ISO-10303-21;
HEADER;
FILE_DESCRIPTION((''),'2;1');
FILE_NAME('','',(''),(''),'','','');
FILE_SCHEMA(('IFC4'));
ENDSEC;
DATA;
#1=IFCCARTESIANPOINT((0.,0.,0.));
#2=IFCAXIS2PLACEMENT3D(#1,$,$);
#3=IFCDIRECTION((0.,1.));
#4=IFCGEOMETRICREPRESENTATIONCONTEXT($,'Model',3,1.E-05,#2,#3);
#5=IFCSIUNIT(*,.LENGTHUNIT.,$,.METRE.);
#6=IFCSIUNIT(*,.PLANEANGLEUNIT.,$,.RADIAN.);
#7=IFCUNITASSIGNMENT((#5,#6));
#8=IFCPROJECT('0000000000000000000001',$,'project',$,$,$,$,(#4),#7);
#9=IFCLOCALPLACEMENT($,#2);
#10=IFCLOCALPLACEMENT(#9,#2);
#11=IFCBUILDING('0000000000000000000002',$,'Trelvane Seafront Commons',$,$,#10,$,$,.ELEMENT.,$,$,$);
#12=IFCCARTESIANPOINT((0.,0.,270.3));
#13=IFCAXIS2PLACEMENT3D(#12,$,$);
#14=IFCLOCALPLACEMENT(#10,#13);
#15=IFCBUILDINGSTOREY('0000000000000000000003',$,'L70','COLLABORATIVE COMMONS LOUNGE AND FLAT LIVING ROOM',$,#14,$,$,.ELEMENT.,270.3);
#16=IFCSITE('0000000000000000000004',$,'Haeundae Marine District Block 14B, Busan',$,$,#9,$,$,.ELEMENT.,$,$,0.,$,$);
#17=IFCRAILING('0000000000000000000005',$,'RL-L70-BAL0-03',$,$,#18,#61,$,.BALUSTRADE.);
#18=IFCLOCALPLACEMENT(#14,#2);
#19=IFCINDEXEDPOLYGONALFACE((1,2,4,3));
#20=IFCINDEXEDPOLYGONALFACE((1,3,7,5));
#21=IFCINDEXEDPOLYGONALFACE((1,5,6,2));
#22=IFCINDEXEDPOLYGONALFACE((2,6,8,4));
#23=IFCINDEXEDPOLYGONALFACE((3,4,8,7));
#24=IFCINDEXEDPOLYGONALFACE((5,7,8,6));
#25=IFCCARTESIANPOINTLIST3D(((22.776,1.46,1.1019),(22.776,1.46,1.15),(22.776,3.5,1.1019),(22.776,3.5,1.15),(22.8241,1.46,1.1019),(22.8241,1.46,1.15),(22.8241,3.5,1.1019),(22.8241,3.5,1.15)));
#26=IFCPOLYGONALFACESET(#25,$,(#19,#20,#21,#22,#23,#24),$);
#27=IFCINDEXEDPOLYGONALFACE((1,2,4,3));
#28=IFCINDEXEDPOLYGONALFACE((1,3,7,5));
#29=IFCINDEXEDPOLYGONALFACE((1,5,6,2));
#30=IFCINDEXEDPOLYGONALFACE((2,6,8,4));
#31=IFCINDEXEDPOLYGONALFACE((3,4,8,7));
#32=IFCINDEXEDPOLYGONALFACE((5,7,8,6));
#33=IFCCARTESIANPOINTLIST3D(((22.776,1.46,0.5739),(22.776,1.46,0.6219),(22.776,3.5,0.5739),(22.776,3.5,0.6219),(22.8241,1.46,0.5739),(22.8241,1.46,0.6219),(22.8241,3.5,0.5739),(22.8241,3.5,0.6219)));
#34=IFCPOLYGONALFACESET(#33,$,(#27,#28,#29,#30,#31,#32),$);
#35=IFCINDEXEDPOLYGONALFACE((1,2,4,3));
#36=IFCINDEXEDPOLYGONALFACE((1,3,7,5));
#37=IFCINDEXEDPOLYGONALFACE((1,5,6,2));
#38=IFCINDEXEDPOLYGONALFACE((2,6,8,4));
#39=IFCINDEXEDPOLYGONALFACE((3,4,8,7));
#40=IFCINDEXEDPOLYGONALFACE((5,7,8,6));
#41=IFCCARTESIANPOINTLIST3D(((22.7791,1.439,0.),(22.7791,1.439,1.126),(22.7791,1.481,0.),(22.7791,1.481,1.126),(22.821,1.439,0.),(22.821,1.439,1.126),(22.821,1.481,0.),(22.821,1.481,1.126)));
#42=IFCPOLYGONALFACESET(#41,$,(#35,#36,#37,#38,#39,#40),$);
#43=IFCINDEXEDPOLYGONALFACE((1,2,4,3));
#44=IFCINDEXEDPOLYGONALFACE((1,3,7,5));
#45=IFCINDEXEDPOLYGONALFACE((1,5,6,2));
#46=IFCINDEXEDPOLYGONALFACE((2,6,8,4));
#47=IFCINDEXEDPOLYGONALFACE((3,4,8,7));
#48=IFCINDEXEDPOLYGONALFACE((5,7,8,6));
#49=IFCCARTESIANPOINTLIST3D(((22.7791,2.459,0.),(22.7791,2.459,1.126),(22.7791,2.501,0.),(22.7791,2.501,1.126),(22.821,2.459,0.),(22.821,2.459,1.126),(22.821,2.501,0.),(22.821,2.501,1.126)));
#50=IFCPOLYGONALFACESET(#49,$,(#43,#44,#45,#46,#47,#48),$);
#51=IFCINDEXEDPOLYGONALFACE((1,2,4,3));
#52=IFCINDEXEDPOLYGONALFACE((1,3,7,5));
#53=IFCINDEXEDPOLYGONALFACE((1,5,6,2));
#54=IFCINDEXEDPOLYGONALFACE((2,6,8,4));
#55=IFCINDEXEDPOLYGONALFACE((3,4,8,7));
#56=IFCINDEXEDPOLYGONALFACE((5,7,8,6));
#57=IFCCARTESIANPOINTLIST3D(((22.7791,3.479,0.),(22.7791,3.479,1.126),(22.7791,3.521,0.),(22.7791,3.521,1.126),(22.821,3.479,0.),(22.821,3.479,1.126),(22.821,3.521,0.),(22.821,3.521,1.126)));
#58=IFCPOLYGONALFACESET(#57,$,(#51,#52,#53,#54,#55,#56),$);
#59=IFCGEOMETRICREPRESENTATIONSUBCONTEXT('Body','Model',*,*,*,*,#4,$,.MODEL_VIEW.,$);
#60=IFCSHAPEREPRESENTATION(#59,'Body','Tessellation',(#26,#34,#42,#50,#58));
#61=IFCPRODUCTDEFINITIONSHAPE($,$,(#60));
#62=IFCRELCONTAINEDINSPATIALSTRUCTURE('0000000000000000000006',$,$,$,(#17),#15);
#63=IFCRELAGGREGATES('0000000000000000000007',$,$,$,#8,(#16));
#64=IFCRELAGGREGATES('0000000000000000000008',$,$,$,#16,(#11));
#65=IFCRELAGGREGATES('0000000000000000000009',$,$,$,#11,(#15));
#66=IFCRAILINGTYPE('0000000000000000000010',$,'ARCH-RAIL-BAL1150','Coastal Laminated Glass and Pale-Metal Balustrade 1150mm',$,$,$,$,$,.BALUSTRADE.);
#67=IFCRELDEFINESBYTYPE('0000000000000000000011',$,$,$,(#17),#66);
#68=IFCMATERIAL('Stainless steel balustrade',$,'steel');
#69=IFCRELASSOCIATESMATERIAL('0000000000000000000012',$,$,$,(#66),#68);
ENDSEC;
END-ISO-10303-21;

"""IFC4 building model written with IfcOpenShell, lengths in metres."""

from ifc_helpers import new_model, si_unit, direction, frame, origin, origin_2d, place, context, subcontext, project, spatial, rectangle, extrude, material, type_object, element, save


model = new_model("IFC4")

# Units and contexts
model_context = context("Model", 3, precision=1e-05, world=origin(), true_north=direction((0.0, 1.0)))
body_context = subcontext(model_context, "Body", "Model", "MODEL_VIEW")
ifc_project = project(units=[si_unit("LENGTHUNIT", "METRE"), si_unit("PLANEANGLEUNIT", "RADIAN")], contexts=[model_context])

# Site, building, storey
site_placement = place(None, origin())
site = spatial("IfcSite", under=ifc_project, at=site_placement, Name="Haeundae Marine District Block 14B, Busan", CompositionType="ELEMENT", RefElevation=0.0)
building_placement = place(site_placement, origin())
building = spatial("IfcBuilding", under=site, at=building_placement, Name="Trelvane Seafront Commons", CompositionType="ELEMENT")
storey_placement = place(building_placement, frame((0.0, 0.0, 270.3)))
storey = spatial("IfcBuildingStorey", under=building, at=storey_placement, Name="L70", Description="COLLABORATIVE COMMONS LOUNGE AND FLAT LIVING ROOM", CompositionType="ELEMENT", Elevation=270.3)

# Railing
ifc_material_1 = material(Name="Stainless steel balustrade", Category="steel")
railing_type = type_object("IfcRailingType", Name="ARCH-RAIL-BAL1150", Description="Coastal Laminated Glass and Pale-Metal Balustrade 1150mm", PredefinedType="BALUSTRADE", material=ifc_material_1)
railing_1_placement = place(storey_placement, frame((22.8, 1.46, 0.0)))
element("IfcRailing", 1, at=railing_1_placement, inside=storey, type_object=railing_type, Name="RL-L70-BAL0-03", PredefinedType="BALUSTRADE", context=body_context, shape_type="SweptSolid", body=[
    extrude(rectangle(XDim=0.0481, YDim=0.0481, at=origin_2d()), frame((0.0, 0.0, 1.126), z_axis=(0.0, 1.0, 0.0), x_axis=(-1.0, 0.0, 0.0)), (0.0, 0.0, 1.0), 2.04),
    extrude(rectangle(XDim=0.0481, YDim=0.0481, at=origin_2d()), frame((0.0, 0.0, 0.5979), z_axis=(0.0, 1.0, 0.0), x_axis=(-1.0, 0.0, 0.0)), (0.0, 0.0, 1.0), 2.04),
    extrude(rectangle(XDim=0.042, YDim=0.042, at=origin_2d()), origin(), (0.0, 0.0, 1.0), 1.126),
    extrude(rectangle(XDim=0.042, YDim=0.042, at=origin_2d()), frame((0.0, 1.02, 0.0)), (0.0, 0.0, 1.0), 1.126),
    extrude(rectangle(XDim=0.042, YDim=0.042, at=origin_2d()), frame((0.0, 2.04, 0.0)), (0.0, 0.0, 1.0), 1.126),
])

save(model, "model.ifc")
